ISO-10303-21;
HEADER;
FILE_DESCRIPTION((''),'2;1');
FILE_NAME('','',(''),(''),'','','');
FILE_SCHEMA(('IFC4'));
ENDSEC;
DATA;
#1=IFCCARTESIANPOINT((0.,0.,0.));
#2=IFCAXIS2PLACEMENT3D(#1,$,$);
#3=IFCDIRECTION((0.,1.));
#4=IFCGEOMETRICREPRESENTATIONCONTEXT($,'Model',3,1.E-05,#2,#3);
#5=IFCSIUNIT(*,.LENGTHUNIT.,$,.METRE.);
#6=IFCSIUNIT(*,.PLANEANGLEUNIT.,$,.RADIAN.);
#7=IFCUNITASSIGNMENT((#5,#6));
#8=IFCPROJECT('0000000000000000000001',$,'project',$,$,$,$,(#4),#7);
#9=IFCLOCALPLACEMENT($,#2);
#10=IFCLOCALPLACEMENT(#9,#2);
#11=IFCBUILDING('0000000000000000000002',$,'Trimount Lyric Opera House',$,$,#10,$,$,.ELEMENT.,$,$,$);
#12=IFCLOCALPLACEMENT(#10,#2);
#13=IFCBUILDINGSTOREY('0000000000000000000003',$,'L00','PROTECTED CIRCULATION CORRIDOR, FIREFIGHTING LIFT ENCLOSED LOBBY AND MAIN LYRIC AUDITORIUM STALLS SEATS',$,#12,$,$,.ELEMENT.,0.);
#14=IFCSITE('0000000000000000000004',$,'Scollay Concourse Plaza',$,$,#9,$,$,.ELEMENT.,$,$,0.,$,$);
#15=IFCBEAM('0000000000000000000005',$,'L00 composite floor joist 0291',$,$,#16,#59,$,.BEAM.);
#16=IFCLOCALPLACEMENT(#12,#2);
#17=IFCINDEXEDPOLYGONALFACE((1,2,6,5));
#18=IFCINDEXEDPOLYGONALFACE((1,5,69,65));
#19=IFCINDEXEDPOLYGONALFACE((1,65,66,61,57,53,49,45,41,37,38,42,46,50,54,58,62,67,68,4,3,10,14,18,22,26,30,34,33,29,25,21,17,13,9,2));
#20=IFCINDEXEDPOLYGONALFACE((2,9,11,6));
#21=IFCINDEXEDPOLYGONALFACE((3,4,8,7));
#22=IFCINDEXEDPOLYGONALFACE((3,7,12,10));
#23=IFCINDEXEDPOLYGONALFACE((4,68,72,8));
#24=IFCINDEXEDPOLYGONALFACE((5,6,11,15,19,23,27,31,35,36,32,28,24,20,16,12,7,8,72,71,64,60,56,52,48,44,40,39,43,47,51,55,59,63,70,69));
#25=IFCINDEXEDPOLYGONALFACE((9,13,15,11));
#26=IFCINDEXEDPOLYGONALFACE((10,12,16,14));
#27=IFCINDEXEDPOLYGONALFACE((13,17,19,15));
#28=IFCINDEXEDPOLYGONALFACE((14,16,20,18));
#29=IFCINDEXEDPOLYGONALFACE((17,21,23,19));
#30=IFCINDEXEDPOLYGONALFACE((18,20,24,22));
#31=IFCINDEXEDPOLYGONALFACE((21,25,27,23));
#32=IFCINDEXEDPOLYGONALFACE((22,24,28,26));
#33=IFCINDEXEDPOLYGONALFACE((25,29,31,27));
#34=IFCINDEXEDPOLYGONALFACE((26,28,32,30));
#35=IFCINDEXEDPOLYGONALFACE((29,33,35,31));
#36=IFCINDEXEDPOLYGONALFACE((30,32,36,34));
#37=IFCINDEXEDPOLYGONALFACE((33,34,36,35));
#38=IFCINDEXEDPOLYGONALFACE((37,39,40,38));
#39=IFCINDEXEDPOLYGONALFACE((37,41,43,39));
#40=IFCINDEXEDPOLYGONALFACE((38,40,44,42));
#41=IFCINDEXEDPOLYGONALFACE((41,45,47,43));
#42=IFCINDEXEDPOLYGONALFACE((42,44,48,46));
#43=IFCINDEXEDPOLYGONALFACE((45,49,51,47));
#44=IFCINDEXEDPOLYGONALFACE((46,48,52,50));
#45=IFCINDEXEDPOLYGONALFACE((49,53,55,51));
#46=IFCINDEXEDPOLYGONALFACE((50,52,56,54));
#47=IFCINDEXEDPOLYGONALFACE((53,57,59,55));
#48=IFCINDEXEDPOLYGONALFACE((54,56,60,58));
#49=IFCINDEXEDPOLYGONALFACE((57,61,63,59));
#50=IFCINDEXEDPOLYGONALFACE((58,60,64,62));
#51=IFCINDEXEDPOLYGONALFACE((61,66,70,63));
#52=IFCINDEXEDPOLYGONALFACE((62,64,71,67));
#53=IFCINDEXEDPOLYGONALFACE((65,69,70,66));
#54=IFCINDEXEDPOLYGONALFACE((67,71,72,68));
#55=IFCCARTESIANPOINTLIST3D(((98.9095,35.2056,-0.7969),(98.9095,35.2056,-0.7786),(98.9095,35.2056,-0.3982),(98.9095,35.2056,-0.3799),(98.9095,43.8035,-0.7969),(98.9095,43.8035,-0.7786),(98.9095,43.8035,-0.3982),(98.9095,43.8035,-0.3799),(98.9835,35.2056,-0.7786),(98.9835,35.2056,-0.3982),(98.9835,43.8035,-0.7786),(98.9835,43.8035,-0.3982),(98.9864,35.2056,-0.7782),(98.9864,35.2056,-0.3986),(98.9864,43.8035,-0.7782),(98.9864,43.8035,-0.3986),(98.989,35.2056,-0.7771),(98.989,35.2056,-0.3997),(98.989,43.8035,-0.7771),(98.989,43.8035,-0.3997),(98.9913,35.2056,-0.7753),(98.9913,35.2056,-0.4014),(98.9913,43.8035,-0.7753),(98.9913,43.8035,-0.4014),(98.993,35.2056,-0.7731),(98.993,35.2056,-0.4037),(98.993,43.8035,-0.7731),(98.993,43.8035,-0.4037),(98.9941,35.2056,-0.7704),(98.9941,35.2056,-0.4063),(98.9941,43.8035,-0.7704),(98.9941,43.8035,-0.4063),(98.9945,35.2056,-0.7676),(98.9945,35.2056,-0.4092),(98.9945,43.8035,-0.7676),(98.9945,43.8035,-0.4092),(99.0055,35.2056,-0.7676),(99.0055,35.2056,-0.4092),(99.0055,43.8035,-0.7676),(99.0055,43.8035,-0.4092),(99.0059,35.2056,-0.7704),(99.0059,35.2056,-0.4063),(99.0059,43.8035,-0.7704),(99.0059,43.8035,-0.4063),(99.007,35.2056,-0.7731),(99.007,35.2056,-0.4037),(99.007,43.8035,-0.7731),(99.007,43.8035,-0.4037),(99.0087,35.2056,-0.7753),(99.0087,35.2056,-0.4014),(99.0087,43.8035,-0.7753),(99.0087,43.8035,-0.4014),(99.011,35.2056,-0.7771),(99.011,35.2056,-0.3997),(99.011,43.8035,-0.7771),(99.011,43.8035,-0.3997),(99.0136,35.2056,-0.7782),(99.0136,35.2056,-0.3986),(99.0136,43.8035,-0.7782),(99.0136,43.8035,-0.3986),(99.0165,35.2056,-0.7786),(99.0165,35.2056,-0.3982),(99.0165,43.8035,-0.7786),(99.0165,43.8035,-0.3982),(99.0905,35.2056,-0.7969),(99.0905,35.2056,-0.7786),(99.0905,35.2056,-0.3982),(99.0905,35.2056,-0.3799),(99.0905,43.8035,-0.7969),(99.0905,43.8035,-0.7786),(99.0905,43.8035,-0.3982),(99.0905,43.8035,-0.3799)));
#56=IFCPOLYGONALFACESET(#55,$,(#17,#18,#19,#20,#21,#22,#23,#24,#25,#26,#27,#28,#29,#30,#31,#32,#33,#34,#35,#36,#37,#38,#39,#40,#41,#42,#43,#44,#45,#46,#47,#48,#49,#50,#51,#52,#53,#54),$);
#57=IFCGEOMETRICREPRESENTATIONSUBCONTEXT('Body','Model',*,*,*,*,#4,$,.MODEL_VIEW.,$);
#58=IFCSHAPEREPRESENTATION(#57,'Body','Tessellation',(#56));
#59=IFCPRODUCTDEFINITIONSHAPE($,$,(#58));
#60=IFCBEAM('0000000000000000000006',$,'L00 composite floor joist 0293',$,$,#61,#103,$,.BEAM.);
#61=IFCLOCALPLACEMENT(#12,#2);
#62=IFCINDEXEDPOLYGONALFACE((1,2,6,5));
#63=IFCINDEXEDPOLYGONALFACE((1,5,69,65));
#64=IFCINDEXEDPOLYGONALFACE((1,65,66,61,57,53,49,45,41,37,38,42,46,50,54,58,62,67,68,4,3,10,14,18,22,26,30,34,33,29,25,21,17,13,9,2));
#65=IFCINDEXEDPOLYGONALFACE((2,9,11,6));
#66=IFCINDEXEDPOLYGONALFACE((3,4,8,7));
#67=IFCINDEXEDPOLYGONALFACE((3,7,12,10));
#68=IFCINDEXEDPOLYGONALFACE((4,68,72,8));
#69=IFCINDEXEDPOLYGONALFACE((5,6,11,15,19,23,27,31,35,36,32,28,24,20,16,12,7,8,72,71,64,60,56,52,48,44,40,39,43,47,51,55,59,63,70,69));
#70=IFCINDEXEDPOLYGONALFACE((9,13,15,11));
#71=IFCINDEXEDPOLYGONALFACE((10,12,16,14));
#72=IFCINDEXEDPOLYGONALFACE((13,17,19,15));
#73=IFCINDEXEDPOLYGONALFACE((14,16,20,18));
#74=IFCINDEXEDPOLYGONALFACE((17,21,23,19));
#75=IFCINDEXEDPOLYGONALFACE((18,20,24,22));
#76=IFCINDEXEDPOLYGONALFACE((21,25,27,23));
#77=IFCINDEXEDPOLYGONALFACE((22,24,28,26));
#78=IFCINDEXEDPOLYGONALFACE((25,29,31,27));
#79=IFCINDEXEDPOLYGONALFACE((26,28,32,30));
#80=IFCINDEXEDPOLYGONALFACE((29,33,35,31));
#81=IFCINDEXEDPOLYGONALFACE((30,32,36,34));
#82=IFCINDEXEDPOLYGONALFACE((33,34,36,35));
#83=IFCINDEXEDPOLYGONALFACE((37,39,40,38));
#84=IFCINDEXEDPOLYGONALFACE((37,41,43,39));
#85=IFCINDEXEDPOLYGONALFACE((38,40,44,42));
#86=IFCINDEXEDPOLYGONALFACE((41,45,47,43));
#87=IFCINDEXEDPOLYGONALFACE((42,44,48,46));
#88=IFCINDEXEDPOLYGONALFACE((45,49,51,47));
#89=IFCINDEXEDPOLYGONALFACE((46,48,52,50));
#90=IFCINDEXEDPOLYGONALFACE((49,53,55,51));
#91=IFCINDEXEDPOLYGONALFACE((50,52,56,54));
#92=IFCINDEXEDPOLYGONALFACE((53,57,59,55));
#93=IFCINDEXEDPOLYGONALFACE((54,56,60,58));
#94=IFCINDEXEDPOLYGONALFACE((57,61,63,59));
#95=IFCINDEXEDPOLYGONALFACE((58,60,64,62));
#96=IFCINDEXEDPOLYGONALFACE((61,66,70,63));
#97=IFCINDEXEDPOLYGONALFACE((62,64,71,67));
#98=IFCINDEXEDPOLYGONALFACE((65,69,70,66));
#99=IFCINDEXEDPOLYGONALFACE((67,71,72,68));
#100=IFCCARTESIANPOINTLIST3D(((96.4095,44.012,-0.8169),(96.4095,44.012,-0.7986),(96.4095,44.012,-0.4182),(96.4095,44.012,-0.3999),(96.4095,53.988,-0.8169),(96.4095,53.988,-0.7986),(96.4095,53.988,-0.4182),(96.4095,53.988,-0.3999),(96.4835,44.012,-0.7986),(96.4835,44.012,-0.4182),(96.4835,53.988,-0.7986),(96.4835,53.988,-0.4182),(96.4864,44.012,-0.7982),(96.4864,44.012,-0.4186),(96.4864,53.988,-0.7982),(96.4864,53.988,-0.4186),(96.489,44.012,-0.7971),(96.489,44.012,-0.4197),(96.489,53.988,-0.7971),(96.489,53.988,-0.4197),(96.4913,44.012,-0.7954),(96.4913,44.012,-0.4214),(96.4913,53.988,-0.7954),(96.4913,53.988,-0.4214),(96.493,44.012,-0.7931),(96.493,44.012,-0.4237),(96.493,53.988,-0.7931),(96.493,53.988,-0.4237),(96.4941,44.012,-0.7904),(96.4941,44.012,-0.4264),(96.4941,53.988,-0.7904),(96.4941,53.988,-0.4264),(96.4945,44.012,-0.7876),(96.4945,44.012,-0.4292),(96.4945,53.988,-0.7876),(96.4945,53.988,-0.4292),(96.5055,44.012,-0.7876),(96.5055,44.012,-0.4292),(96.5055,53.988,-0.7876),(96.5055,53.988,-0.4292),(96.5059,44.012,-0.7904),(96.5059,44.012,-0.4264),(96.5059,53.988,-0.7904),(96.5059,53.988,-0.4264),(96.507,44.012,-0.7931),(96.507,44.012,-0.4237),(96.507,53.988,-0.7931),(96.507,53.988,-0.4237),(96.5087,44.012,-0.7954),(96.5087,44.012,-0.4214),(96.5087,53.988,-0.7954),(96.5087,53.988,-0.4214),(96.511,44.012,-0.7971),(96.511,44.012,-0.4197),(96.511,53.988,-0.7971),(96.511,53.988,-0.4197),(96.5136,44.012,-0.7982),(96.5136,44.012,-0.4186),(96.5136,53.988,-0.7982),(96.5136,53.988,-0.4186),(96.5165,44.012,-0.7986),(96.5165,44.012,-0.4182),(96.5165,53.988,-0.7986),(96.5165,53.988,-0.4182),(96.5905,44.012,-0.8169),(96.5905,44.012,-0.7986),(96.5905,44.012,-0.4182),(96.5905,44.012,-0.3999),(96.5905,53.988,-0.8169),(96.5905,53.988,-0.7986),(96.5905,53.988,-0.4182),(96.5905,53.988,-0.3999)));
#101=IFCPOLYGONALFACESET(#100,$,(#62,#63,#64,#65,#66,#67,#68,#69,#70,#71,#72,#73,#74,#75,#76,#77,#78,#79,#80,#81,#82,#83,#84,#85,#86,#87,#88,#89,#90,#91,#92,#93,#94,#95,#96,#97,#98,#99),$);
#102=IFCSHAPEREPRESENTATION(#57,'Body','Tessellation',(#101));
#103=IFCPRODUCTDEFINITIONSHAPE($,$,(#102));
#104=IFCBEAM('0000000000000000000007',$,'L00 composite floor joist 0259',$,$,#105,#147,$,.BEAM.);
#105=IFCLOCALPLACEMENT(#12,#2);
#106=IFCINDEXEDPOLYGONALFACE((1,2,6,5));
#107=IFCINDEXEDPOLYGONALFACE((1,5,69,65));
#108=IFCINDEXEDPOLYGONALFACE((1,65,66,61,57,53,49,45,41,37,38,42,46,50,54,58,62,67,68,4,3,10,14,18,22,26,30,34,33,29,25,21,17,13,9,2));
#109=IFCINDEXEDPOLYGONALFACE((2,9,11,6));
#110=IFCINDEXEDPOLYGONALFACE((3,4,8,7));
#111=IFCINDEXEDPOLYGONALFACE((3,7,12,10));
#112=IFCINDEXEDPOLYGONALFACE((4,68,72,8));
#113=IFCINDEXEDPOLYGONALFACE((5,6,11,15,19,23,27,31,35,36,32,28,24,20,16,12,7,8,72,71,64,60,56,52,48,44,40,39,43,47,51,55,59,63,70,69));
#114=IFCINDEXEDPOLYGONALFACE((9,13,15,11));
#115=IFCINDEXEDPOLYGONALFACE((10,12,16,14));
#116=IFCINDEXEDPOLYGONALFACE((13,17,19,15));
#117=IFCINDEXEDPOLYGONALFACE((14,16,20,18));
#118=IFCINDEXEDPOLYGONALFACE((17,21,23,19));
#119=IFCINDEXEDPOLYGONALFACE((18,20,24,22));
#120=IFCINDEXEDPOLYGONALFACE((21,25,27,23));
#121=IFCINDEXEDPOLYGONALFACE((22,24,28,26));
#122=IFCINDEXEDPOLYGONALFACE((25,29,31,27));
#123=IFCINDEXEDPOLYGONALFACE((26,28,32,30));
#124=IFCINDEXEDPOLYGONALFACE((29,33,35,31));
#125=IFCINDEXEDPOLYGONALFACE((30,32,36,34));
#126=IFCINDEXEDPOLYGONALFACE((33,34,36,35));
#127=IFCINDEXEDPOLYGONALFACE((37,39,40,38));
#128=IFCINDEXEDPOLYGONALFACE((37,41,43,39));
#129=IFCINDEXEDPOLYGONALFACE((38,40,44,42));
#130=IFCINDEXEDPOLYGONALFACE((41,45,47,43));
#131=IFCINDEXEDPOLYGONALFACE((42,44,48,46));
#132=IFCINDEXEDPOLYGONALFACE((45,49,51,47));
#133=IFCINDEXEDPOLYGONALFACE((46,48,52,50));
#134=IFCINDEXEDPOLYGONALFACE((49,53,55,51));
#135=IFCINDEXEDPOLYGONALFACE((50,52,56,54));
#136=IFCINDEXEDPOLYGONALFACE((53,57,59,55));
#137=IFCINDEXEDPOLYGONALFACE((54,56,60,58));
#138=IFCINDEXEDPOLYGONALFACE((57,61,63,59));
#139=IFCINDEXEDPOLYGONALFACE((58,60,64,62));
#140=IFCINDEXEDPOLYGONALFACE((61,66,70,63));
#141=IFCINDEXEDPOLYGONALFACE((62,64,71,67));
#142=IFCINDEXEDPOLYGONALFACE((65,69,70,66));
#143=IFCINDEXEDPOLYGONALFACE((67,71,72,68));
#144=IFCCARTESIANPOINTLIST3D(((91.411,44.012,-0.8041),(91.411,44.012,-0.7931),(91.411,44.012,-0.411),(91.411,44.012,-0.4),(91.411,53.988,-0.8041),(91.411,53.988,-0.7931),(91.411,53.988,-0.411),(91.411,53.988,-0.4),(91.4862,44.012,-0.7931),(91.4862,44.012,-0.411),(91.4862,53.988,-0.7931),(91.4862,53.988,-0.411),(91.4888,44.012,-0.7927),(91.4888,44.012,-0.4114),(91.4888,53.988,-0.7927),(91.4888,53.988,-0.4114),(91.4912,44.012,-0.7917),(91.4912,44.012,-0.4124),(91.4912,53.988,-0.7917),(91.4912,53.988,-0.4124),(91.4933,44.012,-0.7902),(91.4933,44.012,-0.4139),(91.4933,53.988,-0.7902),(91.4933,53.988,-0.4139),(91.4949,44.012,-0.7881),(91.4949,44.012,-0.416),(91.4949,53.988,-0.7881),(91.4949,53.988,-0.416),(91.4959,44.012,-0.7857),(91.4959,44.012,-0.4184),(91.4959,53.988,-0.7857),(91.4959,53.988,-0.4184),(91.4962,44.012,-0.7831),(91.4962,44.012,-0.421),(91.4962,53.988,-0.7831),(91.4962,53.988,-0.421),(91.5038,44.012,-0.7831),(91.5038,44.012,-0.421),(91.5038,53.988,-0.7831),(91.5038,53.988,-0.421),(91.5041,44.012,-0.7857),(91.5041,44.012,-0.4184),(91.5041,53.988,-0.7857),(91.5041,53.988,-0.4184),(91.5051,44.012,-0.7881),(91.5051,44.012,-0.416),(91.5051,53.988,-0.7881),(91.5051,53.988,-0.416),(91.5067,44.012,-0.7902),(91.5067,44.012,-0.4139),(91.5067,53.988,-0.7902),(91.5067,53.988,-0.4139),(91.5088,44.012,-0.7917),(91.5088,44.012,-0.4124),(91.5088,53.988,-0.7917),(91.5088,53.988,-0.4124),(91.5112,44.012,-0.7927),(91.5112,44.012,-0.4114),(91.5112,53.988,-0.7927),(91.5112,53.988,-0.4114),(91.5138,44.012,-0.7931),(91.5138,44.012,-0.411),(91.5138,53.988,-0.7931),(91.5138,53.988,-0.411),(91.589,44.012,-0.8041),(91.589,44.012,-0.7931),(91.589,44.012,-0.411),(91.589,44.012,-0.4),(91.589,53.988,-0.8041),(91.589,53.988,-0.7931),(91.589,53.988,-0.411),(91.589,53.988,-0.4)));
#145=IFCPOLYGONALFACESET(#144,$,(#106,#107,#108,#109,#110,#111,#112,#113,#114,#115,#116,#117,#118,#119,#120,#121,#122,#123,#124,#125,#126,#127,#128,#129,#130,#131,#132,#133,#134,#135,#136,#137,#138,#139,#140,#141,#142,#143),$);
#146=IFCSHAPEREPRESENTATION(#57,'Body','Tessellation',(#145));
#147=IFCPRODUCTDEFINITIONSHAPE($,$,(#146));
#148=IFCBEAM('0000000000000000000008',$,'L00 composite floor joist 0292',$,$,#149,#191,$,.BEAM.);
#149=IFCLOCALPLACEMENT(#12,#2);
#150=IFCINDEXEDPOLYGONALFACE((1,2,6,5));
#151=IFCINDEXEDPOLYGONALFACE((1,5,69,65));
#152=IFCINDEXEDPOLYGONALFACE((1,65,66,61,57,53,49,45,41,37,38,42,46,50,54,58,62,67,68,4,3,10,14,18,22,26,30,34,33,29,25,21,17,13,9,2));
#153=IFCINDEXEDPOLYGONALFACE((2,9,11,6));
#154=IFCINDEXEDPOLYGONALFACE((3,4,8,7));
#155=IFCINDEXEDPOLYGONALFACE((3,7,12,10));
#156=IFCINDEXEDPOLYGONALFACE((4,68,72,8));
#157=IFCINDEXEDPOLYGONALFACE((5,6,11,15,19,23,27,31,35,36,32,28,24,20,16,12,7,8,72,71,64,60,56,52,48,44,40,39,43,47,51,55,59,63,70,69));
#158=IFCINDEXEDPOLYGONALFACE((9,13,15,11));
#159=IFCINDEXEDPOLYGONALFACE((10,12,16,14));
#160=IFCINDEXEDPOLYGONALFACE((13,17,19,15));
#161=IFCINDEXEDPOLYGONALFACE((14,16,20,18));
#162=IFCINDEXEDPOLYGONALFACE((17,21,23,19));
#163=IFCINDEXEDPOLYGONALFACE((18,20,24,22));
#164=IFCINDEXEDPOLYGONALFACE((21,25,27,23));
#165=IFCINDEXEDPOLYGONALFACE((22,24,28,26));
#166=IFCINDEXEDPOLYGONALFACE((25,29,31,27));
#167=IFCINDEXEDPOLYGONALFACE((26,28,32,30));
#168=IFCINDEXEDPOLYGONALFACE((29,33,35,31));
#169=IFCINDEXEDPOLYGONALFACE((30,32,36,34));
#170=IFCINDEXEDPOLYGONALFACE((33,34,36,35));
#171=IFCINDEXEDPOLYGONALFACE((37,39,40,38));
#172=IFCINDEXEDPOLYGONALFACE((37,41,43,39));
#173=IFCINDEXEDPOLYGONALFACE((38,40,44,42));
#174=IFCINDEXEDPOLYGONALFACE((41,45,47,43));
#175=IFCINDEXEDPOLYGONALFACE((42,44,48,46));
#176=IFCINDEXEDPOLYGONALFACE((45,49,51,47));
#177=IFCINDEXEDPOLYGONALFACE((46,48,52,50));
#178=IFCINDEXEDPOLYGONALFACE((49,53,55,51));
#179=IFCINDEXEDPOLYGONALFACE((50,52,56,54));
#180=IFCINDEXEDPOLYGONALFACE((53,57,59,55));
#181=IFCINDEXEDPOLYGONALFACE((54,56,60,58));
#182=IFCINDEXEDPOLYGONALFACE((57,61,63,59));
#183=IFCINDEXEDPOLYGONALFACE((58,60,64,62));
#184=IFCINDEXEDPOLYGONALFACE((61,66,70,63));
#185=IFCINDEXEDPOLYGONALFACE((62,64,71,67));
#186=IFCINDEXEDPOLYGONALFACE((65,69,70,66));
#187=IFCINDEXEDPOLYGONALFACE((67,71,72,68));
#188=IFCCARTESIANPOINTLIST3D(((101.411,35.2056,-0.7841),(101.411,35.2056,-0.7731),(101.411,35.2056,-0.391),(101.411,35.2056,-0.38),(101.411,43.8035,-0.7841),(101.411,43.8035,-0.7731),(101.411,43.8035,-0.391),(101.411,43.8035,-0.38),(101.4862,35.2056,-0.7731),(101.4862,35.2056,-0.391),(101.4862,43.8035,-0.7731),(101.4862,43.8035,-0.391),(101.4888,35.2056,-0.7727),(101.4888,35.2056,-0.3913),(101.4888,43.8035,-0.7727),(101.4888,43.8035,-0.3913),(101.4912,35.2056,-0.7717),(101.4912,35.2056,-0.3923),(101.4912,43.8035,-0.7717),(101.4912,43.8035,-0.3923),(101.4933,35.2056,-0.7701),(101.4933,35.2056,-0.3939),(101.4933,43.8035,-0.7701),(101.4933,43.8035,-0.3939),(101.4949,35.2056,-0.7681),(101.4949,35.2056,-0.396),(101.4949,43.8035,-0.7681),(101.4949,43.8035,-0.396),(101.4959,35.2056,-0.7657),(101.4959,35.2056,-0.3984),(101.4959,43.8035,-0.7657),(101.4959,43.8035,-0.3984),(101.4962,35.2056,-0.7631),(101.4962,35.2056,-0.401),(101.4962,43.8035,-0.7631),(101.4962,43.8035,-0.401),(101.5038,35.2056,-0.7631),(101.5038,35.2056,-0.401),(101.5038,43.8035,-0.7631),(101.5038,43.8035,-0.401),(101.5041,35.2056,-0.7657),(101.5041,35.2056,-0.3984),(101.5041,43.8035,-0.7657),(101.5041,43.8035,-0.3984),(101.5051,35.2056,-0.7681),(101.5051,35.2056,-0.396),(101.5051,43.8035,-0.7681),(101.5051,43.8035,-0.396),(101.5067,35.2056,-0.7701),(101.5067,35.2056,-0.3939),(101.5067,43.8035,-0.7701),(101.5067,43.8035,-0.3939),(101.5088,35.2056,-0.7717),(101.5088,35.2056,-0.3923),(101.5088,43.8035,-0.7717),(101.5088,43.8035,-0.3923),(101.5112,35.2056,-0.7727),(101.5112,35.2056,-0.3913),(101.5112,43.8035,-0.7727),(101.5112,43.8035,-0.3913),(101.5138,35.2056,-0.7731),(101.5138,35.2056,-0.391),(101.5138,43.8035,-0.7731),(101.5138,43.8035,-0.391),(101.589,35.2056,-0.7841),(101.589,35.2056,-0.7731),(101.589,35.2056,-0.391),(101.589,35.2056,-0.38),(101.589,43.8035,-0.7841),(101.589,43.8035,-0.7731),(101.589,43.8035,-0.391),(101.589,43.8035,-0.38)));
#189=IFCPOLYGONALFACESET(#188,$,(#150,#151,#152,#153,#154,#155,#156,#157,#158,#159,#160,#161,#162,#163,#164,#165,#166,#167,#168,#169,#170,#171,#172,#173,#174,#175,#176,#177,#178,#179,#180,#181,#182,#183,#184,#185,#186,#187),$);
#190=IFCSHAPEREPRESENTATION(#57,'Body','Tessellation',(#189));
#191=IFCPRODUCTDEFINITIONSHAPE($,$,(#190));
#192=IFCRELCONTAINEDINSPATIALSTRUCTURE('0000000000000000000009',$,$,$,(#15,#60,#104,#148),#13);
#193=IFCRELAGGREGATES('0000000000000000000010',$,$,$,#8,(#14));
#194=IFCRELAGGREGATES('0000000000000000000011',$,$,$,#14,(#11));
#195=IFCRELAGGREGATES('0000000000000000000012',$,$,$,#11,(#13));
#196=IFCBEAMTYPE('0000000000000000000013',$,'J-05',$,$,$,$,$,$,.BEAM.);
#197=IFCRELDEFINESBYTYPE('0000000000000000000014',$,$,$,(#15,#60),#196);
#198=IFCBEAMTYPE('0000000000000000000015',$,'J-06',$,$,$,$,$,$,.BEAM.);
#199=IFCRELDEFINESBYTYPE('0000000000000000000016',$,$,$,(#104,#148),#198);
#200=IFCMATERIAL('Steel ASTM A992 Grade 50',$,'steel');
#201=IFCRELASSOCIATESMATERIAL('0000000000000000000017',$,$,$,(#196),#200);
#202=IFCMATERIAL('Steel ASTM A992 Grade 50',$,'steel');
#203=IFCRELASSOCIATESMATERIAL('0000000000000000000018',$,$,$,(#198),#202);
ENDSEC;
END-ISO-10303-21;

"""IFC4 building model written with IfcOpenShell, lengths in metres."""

from ifc_helpers import new_model, si_unit, direction, frame, origin, origin_2d, place, context, subcontext, project, spatial, i_section, extrude, material, material_profile, profile_set, type_object, element, save


model = new_model("IFC4")

# Units and contexts
model_context = context("Model", 3, precision=1e-05, world=origin(), true_north=direction((0.0, 1.0)))
body_context = subcontext(model_context, "Body", "Model", "MODEL_VIEW")
ifc_project = project(units=[si_unit("LENGTHUNIT", "METRE"), si_unit("PLANEANGLEUNIT", "RADIAN")], contexts=[model_context])

# Site, building, storey
site_placement = place(None, origin())
site = spatial("IfcSite", under=ifc_project, at=site_placement, Name="Scollay Concourse Plaza", CompositionType="ELEMENT", RefElevation=0.0)
building_placement = place(site_placement, origin())
building = spatial("IfcBuilding", under=site, at=building_placement, Name="Trimount Lyric Opera House", CompositionType="ELEMENT")
storey_placement = place(building_placement, origin())
storey = spatial("IfcBuildingStorey", under=building, at=storey_placement, Name="L00", Description="PROTECTED CIRCULATION CORRIDOR, FIREFIGHTING LIFT ENCLOSED LOBBY AND MAIN LYRIC AUDITORIUM STALLS SEATS", CompositionType="ELEMENT", Elevation=0.0)

# Beams
ifc_material_1 = material(Name="Steel ASTM A992 Grade 50", Category="steel")
ifc_material_profile_1 = material_profile(ifc_material_1, i_section(OverallWidth=0.1809, OverallDepth=0.417, WebThickness=0.011, FlangeThickness=0.0183, FilletRadius=0.011, at=origin_2d()), Name="W16X57")
ifc_profile_set_1 = profile_set([ifc_material_profile_1], Name="Steel ASTM A992 Grade 50")
beam_type_1 = type_object("IfcBeamType", Name="J-05", PredefinedType="BEAM", material=ifc_profile_set_1)
beam_1_placement = place(storey_placement, frame((99.0, 35.2056, -0.5884), z_axis=(0.0, 1.0, 0.0), x_axis=(-1.0, 0.0, 0.0)))
element("IfcBeam", 1, at=beam_1_placement, inside=storey, type_object=beam_type_1, Name="L00 composite floor joist 0291", PredefinedType="BEAM", context=body_context, shape_type="SweptSolid", body=[
    extrude(i_section(OverallWidth=0.1809, OverallDepth=0.417, WebThickness=0.011, FlangeThickness=0.0183, FilletRadius=0.011, at=origin_2d()), origin(), (0.0, 0.0, 1.0), 8.5979),
])
beam_2_placement = place(storey_placement, frame((96.5, 44.012, -0.6084), z_axis=(0.0, 1.0, 0.0), x_axis=(-1.0, 0.0, 0.0)))
element("IfcBeam", 2, at=beam_2_placement, inside=storey, type_object=beam_type_1, Name="L00 composite floor joist 0293", PredefinedType="BEAM", context=body_context, shape_type="SweptSolid", body=[
    extrude(i_section(OverallWidth=0.1809, OverallDepth=0.417, WebThickness=0.011, FlangeThickness=0.0183, FilletRadius=0.011, at=origin_2d()), origin(), (0.0, 0.0, 1.0), 9.9761),
])
ifc_material_2 = material(Name="Steel ASTM A992 Grade 50", Category="steel")
ifc_material_profile_2 = material_profile(ifc_material_2, i_section(OverallWidth=0.178, OverallDepth=0.4041, WebThickness=0.0076, FlangeThickness=0.011, FilletRadius=0.01, at=origin_2d()), Name="W16X36")
ifc_profile_set_2 = profile_set([ifc_material_profile_2], Name="Steel ASTM A992 Grade 50")
beam_type_2 = type_object("IfcBeamType", Name="J-06", PredefinedType="BEAM", material=ifc_profile_set_2)
beam_3_placement = place(storey_placement, frame((91.5, 44.012, -0.6021), z_axis=(0.0, 1.0, 0.0), x_axis=(-1.0, 0.0, 0.0)))
element("IfcBeam", 3, at=beam_3_placement, inside=storey, type_object=beam_type_2, Name="L00 composite floor joist 0259", PredefinedType="BEAM", context=body_context, shape_type="SweptSolid", body=[
    extrude(i_section(OverallWidth=0.178, OverallDepth=0.4041, WebThickness=0.0076, FlangeThickness=0.011, FilletRadius=0.01, at=origin_2d()), origin(), (0.0, 0.0, 1.0), 9.9761),
])
beam_4_placement = place(storey_placement, frame((101.5, 35.2056, -0.582), z_axis=(0.0, 1.0, 0.0), x_axis=(-1.0, 0.0, 0.0)))
element("IfcBeam", 4, at=beam_4_placement, inside=storey, type_object=beam_type_2, Name="L00 composite floor joist 0292", PredefinedType="BEAM", context=body_context, shape_type="SweptSolid", body=[
    extrude(i_section(OverallWidth=0.178, OverallDepth=0.4041, WebThickness=0.0076, FlangeThickness=0.011, FilletRadius=0.01, at=origin_2d()), origin(), (0.0, 0.0, 1.0), 8.5979),
])

save(model, "model.ifc")
